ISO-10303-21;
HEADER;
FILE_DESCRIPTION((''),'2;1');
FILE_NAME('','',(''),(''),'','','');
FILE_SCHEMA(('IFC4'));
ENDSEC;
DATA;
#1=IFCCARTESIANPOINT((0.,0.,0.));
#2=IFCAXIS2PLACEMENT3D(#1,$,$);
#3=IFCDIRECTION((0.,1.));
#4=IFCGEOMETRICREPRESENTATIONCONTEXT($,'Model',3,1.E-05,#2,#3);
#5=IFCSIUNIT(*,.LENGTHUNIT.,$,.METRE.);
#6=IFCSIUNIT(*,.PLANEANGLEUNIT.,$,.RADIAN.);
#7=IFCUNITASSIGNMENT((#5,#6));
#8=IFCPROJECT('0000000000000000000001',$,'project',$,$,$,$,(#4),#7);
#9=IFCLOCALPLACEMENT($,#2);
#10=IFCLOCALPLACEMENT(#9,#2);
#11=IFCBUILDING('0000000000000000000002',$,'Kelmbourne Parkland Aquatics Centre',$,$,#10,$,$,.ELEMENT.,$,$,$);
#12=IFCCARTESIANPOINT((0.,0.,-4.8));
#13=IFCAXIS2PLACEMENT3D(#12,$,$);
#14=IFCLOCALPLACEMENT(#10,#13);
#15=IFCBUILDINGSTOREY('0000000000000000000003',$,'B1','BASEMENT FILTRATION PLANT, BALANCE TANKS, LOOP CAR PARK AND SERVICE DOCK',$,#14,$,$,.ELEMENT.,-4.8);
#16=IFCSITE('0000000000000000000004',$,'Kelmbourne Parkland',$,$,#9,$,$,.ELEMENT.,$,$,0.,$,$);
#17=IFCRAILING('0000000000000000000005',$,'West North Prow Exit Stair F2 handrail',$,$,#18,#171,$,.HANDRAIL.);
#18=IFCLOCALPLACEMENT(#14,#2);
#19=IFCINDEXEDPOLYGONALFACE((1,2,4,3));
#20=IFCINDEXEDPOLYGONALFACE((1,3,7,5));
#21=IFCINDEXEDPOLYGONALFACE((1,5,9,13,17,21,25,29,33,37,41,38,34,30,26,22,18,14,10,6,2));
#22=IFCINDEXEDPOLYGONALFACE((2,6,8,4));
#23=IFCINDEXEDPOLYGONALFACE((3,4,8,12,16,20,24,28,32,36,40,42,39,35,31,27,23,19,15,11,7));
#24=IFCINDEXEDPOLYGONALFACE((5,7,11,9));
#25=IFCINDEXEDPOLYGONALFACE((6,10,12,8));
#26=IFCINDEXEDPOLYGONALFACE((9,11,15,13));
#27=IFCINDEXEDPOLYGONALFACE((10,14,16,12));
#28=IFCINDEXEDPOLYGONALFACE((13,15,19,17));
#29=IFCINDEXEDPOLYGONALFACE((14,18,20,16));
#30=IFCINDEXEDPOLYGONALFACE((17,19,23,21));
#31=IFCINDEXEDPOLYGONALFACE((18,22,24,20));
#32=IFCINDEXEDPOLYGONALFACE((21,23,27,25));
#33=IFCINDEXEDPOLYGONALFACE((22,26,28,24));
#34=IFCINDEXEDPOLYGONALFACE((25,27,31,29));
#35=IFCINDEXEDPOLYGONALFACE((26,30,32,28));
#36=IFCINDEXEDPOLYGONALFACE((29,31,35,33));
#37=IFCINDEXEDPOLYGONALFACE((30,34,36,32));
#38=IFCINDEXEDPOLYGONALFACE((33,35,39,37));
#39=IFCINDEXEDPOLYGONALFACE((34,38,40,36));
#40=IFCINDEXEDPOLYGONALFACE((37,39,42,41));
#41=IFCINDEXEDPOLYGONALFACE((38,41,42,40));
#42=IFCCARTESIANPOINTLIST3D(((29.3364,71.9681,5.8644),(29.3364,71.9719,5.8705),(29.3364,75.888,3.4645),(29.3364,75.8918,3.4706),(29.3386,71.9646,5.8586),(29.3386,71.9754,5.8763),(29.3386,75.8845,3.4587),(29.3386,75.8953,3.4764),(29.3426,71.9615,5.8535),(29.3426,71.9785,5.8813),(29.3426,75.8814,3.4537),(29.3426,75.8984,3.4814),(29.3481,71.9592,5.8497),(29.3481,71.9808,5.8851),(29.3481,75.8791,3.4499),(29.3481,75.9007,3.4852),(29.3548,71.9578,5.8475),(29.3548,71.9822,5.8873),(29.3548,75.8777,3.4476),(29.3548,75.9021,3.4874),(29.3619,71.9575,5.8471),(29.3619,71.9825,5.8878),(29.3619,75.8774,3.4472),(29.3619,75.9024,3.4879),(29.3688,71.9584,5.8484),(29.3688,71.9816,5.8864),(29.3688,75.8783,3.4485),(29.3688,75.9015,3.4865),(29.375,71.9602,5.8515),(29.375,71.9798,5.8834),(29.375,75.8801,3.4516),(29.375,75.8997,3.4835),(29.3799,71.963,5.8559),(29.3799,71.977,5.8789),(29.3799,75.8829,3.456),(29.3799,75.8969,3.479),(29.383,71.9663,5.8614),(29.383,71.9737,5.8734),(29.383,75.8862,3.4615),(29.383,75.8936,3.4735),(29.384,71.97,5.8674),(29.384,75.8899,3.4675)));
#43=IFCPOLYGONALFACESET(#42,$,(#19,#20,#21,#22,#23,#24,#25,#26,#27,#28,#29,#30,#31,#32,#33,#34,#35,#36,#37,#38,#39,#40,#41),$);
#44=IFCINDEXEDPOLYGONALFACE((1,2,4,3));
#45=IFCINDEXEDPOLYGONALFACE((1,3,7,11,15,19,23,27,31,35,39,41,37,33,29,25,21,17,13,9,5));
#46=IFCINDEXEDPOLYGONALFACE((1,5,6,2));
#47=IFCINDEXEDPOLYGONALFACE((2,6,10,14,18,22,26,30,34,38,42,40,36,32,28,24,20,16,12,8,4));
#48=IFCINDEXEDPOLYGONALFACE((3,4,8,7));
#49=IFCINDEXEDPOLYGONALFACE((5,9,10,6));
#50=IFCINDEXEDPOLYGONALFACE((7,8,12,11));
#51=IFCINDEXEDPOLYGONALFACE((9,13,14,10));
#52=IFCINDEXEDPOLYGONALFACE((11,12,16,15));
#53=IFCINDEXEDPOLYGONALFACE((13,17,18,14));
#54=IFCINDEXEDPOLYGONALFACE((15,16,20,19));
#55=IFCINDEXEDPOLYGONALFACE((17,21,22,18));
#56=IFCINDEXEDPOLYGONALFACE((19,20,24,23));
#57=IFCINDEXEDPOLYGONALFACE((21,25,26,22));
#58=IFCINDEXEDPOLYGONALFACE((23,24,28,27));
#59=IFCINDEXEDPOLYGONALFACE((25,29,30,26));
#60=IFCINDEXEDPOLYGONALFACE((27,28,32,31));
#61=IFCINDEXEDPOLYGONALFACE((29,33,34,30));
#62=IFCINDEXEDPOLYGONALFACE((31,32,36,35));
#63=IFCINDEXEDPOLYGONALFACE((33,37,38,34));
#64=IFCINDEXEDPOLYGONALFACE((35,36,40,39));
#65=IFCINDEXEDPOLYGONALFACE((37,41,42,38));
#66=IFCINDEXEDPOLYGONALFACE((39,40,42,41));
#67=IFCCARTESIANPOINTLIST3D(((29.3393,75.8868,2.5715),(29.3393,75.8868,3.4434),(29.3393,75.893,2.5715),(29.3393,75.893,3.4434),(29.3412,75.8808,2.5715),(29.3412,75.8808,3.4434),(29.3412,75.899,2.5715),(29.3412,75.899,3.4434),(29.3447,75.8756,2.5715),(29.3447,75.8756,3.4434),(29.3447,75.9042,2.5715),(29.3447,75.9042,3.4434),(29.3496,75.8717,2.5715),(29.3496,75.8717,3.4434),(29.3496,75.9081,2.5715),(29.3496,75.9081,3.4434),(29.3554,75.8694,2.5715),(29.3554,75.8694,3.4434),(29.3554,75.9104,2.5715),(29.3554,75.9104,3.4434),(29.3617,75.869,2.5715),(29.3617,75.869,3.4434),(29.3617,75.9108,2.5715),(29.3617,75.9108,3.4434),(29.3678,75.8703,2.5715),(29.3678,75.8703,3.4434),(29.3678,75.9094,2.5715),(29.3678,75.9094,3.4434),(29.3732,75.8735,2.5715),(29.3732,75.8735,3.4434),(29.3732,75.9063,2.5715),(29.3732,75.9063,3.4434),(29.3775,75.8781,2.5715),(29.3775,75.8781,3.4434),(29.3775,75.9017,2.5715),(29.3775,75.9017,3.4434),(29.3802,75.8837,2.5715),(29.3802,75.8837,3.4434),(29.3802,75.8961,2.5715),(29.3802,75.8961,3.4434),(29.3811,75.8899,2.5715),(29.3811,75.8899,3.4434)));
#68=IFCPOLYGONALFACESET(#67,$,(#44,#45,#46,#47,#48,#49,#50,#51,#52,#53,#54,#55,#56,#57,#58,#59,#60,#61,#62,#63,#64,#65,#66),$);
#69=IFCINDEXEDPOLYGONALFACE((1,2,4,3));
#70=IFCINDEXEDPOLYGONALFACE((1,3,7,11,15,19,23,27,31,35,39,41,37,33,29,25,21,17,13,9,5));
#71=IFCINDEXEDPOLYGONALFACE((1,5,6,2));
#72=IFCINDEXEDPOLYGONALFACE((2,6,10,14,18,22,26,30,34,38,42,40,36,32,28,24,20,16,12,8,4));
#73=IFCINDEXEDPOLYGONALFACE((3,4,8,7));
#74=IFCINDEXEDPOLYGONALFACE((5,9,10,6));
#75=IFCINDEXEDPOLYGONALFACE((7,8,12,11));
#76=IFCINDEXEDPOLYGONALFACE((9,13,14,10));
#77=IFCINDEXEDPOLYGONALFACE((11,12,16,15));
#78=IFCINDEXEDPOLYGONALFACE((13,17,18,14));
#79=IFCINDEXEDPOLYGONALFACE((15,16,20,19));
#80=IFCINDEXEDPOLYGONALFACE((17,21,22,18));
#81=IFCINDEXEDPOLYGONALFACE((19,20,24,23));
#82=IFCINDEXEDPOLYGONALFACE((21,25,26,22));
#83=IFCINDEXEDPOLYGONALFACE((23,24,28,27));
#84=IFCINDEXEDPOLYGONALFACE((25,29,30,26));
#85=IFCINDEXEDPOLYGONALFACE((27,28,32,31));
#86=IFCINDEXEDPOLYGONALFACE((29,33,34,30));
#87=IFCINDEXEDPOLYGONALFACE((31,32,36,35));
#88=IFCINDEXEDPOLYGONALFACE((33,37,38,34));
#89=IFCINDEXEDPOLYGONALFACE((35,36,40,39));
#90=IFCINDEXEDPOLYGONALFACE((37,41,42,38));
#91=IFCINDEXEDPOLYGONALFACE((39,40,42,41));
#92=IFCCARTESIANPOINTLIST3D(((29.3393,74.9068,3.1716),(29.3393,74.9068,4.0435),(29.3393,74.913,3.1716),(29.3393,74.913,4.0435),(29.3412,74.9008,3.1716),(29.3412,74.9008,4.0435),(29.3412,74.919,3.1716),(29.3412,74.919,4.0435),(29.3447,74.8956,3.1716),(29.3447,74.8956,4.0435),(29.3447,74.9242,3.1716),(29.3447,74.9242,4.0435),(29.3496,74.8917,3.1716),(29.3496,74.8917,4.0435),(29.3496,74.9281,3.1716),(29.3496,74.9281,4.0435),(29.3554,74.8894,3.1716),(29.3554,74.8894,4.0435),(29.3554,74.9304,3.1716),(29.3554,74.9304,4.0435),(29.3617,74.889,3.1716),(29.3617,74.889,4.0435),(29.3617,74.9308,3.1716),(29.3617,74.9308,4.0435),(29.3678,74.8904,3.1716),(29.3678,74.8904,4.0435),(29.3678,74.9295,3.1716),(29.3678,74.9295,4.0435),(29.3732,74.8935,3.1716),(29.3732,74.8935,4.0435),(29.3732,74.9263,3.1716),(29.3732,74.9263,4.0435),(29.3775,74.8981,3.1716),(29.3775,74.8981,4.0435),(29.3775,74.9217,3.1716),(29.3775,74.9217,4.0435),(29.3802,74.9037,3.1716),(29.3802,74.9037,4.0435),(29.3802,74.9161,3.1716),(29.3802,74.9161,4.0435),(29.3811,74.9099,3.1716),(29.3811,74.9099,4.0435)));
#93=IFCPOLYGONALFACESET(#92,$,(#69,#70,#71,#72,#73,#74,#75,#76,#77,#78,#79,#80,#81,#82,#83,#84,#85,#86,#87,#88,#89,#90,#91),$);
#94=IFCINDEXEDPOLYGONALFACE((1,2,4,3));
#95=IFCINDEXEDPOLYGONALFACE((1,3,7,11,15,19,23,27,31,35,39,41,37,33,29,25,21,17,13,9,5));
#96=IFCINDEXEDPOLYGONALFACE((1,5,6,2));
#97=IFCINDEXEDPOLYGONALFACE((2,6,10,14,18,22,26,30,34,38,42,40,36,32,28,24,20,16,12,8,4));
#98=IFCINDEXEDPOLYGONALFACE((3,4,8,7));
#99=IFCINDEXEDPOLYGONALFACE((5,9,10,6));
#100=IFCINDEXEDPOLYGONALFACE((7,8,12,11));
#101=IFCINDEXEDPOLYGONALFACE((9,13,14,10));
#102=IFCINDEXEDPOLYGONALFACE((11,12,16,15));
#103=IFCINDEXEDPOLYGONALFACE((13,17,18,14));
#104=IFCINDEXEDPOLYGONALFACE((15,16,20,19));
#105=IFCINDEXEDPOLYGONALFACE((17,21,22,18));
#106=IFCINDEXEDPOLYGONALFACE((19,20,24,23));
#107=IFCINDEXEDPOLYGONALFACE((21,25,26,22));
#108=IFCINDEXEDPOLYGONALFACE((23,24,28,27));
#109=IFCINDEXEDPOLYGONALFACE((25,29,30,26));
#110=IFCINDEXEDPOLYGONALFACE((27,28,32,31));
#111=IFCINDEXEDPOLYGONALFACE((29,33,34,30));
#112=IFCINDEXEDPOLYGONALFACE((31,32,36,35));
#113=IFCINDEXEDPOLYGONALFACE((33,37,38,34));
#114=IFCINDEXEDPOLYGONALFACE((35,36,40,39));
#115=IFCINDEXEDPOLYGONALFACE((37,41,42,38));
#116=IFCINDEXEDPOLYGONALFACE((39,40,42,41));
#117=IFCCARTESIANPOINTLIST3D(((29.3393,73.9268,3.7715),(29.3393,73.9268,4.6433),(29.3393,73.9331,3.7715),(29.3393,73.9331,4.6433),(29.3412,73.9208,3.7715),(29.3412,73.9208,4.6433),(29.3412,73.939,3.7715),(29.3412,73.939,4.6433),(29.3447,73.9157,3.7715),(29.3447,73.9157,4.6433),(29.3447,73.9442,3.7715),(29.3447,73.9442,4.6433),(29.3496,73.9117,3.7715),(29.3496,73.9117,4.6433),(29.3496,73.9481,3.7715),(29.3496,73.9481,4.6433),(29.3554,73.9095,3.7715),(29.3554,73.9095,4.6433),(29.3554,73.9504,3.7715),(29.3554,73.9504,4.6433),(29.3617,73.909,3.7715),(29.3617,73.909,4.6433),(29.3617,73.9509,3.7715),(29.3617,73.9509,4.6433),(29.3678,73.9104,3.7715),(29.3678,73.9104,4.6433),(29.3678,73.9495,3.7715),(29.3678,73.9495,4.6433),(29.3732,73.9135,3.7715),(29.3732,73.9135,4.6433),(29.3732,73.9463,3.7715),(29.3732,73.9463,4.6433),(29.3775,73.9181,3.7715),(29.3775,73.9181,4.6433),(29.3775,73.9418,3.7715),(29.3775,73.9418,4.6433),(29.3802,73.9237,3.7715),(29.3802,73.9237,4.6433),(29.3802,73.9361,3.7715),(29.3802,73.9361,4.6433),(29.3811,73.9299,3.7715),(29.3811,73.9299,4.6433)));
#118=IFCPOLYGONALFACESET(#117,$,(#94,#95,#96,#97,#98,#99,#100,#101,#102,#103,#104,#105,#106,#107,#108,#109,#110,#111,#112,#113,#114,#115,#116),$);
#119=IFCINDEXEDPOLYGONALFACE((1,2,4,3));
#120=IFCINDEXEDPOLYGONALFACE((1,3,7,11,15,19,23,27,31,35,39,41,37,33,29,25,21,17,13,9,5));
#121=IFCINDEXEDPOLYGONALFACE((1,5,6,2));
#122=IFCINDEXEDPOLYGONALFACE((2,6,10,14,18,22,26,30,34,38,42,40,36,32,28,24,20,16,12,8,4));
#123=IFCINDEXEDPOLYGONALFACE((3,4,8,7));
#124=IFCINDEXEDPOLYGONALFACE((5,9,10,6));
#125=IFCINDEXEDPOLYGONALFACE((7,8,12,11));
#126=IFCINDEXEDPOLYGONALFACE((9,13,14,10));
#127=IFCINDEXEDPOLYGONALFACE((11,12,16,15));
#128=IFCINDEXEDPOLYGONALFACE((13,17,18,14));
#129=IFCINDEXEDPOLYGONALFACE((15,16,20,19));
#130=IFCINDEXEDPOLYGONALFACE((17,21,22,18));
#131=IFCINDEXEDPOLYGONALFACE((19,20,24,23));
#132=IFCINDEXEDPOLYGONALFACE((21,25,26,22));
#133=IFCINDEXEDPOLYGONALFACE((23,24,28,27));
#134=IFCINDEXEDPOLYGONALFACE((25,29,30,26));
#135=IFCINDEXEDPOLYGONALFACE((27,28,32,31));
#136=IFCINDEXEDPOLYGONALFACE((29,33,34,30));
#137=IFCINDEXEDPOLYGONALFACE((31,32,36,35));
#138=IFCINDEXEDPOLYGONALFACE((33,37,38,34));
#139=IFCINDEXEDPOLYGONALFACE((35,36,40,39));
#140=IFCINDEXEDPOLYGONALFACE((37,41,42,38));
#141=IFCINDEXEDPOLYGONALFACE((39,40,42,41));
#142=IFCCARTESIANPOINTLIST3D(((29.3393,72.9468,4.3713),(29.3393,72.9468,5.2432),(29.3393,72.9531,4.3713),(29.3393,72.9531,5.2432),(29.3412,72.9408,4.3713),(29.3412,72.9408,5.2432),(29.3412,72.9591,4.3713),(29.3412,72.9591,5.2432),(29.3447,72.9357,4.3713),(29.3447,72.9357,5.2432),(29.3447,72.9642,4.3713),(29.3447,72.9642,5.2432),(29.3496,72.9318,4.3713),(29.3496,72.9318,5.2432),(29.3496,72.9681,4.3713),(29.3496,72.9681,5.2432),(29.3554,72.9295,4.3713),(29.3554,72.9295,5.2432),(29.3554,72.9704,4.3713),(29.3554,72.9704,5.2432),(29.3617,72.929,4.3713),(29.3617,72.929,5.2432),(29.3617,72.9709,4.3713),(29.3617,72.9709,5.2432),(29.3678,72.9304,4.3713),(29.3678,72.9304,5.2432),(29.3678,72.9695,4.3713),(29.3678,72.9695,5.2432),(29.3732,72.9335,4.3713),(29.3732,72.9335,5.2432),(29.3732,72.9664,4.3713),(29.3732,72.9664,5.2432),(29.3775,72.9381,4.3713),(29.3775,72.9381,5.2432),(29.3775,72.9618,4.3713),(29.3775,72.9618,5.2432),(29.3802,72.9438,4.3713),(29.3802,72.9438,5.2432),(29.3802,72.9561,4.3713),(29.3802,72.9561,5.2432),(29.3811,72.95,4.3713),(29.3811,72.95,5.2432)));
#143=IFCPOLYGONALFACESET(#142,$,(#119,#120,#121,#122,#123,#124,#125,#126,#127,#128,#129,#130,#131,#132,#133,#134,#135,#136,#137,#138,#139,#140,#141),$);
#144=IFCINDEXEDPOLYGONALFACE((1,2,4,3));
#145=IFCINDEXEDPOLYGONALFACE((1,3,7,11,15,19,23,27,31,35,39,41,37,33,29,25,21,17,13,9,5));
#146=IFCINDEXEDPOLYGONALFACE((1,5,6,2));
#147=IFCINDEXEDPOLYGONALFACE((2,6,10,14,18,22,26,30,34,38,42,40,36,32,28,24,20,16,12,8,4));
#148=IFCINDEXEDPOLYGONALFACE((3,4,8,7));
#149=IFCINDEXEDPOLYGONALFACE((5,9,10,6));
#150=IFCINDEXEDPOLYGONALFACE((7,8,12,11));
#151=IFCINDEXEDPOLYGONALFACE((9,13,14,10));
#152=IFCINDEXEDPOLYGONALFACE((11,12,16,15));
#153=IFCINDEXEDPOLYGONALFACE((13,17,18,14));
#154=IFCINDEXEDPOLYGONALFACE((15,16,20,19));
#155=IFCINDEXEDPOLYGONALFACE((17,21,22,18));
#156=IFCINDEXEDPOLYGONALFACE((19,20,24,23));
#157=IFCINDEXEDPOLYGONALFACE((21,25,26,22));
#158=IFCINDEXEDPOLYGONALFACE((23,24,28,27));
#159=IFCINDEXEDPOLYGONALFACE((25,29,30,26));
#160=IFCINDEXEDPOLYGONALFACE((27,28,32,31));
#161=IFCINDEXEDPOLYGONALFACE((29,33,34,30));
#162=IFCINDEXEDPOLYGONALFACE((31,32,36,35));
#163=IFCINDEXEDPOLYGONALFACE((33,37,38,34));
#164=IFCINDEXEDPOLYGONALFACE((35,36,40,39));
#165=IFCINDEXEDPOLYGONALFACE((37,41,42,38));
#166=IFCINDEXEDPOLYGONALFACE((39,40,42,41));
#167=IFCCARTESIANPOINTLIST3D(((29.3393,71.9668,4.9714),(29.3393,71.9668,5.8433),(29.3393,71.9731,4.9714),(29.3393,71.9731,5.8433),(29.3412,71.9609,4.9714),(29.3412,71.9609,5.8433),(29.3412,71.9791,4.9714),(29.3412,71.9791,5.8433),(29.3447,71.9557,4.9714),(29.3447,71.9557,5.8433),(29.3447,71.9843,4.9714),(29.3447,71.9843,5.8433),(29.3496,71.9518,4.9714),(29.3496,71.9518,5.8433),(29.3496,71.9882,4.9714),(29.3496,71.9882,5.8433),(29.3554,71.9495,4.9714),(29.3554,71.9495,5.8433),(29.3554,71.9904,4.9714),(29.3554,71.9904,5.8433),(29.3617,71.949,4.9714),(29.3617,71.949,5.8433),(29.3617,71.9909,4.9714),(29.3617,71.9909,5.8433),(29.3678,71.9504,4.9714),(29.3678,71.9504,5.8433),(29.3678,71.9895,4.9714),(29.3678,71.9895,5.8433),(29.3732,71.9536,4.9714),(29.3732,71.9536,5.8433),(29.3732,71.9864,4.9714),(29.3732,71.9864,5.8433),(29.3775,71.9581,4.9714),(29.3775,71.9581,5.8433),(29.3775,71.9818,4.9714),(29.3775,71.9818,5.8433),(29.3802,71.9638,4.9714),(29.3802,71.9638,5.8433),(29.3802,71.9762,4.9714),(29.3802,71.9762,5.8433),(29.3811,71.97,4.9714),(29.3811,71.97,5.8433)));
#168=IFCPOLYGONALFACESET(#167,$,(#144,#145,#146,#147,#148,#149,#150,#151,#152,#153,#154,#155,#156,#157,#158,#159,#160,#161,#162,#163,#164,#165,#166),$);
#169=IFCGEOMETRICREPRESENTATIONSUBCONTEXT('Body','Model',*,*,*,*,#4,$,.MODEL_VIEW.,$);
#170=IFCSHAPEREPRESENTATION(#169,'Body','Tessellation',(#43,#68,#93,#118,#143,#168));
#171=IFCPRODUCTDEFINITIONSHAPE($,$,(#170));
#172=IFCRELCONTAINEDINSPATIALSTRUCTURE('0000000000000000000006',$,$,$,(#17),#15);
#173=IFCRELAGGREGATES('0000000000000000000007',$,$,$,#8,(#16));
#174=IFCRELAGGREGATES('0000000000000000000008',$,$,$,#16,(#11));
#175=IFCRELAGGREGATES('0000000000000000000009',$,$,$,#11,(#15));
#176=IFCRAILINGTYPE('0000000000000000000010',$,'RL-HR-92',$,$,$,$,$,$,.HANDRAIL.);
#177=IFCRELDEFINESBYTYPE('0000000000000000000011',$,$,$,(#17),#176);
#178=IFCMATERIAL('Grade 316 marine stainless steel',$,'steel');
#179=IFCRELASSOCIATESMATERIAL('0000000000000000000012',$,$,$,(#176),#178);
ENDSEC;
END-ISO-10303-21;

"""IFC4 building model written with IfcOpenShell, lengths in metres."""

from ifc_helpers import new_model, si_unit, direction, frame, origin, origin_2d, place, context, subcontext, project, spatial, circle, extrude, material, type_object, element, save


model = new_model("IFC4")

# Units and contexts
model_context = context("Model", 3, precision=1e-05, world=origin(), true_north=direction((0.0, 1.0)))
body_context = subcontext(model_context, "Body", "Model", "MODEL_VIEW")
ifc_project = project(units=[si_unit("LENGTHUNIT", "METRE"), si_unit("PLANEANGLEUNIT", "RADIAN")], contexts=[model_context])

# Site, building, storey
site_placement = place(None, origin())
site = spatial("IfcSite", under=ifc_project, at=site_placement, Name="Kelmbourne Parkland", CompositionType="ELEMENT", RefElevation=0.0)
building_placement = place(site_placement, origin())
building = spatial("IfcBuilding", under=site, at=building_placement, Name="Kelmbourne Parkland Aquatics Centre", CompositionType="ELEMENT")
storey_placement = place(building_placement, frame((0.0, 0.0, -4.8)))
storey = spatial("IfcBuildingStorey", under=building, at=storey_placement, Name="B1", Description="BASEMENT FILTRATION PLANT, BALANCE TANKS, LOOP CAR PARK AND SERVICE DOCK", CompositionType="ELEMENT", Elevation=-4.8)

# Railing
ifc_material_1 = material(Name="Grade 316 marine stainless steel", Category="steel")
railing_type_1 = type_object("IfcRailingType", Name="RL-HR-92", PredefinedType="HANDRAIL", material=ifc_material_1)
railing_1_placement = place(storey_placement, frame((29.3601, 75.8899, 2.5715)))
element("IfcRailing", 1, at=railing_1_placement, inside=storey, type_object=railing_type_1, Name="West North Prow Exit Stair F2 handrail", PredefinedType="HANDRAIL", context=body_context, shape_type="SweptSolid", body=[
    extrude(circle(Radius=0.0239, at=origin_2d()), frame((0.0, 0.0, 0.896), z_axis=(0.0, -0.852856, 0.522146), x_axis=(1.0, 0.0, 0.0)), (0.0, 0.0, 1.0), 4.5962),
    extrude(circle(Radius=0.021, at=origin_2d()), origin(), (0.0, 0.0, 1.0), 0.8718),
    extrude(circle(Radius=0.021, at=origin_2d()), frame((0.0, -0.98, 0.6001)), (0.0, 0.0, 1.0), 0.8718),
    extrude(circle(Radius=0.021, at=origin_2d()), frame((0.0, -1.96, 1.2)), (0.0, 0.0, 1.0), 0.8718),
    extrude(circle(Radius=0.021, at=origin_2d()), frame((0.0, -2.9399, 1.7998)), (0.0, 0.0, 1.0), 0.8718),
    extrude(circle(Radius=0.021, at=origin_2d()), frame((0.0, -3.9199, 2.3999)), (0.0, 0.0, 1.0), 0.8718),
])

save(model, "model.ifc")
